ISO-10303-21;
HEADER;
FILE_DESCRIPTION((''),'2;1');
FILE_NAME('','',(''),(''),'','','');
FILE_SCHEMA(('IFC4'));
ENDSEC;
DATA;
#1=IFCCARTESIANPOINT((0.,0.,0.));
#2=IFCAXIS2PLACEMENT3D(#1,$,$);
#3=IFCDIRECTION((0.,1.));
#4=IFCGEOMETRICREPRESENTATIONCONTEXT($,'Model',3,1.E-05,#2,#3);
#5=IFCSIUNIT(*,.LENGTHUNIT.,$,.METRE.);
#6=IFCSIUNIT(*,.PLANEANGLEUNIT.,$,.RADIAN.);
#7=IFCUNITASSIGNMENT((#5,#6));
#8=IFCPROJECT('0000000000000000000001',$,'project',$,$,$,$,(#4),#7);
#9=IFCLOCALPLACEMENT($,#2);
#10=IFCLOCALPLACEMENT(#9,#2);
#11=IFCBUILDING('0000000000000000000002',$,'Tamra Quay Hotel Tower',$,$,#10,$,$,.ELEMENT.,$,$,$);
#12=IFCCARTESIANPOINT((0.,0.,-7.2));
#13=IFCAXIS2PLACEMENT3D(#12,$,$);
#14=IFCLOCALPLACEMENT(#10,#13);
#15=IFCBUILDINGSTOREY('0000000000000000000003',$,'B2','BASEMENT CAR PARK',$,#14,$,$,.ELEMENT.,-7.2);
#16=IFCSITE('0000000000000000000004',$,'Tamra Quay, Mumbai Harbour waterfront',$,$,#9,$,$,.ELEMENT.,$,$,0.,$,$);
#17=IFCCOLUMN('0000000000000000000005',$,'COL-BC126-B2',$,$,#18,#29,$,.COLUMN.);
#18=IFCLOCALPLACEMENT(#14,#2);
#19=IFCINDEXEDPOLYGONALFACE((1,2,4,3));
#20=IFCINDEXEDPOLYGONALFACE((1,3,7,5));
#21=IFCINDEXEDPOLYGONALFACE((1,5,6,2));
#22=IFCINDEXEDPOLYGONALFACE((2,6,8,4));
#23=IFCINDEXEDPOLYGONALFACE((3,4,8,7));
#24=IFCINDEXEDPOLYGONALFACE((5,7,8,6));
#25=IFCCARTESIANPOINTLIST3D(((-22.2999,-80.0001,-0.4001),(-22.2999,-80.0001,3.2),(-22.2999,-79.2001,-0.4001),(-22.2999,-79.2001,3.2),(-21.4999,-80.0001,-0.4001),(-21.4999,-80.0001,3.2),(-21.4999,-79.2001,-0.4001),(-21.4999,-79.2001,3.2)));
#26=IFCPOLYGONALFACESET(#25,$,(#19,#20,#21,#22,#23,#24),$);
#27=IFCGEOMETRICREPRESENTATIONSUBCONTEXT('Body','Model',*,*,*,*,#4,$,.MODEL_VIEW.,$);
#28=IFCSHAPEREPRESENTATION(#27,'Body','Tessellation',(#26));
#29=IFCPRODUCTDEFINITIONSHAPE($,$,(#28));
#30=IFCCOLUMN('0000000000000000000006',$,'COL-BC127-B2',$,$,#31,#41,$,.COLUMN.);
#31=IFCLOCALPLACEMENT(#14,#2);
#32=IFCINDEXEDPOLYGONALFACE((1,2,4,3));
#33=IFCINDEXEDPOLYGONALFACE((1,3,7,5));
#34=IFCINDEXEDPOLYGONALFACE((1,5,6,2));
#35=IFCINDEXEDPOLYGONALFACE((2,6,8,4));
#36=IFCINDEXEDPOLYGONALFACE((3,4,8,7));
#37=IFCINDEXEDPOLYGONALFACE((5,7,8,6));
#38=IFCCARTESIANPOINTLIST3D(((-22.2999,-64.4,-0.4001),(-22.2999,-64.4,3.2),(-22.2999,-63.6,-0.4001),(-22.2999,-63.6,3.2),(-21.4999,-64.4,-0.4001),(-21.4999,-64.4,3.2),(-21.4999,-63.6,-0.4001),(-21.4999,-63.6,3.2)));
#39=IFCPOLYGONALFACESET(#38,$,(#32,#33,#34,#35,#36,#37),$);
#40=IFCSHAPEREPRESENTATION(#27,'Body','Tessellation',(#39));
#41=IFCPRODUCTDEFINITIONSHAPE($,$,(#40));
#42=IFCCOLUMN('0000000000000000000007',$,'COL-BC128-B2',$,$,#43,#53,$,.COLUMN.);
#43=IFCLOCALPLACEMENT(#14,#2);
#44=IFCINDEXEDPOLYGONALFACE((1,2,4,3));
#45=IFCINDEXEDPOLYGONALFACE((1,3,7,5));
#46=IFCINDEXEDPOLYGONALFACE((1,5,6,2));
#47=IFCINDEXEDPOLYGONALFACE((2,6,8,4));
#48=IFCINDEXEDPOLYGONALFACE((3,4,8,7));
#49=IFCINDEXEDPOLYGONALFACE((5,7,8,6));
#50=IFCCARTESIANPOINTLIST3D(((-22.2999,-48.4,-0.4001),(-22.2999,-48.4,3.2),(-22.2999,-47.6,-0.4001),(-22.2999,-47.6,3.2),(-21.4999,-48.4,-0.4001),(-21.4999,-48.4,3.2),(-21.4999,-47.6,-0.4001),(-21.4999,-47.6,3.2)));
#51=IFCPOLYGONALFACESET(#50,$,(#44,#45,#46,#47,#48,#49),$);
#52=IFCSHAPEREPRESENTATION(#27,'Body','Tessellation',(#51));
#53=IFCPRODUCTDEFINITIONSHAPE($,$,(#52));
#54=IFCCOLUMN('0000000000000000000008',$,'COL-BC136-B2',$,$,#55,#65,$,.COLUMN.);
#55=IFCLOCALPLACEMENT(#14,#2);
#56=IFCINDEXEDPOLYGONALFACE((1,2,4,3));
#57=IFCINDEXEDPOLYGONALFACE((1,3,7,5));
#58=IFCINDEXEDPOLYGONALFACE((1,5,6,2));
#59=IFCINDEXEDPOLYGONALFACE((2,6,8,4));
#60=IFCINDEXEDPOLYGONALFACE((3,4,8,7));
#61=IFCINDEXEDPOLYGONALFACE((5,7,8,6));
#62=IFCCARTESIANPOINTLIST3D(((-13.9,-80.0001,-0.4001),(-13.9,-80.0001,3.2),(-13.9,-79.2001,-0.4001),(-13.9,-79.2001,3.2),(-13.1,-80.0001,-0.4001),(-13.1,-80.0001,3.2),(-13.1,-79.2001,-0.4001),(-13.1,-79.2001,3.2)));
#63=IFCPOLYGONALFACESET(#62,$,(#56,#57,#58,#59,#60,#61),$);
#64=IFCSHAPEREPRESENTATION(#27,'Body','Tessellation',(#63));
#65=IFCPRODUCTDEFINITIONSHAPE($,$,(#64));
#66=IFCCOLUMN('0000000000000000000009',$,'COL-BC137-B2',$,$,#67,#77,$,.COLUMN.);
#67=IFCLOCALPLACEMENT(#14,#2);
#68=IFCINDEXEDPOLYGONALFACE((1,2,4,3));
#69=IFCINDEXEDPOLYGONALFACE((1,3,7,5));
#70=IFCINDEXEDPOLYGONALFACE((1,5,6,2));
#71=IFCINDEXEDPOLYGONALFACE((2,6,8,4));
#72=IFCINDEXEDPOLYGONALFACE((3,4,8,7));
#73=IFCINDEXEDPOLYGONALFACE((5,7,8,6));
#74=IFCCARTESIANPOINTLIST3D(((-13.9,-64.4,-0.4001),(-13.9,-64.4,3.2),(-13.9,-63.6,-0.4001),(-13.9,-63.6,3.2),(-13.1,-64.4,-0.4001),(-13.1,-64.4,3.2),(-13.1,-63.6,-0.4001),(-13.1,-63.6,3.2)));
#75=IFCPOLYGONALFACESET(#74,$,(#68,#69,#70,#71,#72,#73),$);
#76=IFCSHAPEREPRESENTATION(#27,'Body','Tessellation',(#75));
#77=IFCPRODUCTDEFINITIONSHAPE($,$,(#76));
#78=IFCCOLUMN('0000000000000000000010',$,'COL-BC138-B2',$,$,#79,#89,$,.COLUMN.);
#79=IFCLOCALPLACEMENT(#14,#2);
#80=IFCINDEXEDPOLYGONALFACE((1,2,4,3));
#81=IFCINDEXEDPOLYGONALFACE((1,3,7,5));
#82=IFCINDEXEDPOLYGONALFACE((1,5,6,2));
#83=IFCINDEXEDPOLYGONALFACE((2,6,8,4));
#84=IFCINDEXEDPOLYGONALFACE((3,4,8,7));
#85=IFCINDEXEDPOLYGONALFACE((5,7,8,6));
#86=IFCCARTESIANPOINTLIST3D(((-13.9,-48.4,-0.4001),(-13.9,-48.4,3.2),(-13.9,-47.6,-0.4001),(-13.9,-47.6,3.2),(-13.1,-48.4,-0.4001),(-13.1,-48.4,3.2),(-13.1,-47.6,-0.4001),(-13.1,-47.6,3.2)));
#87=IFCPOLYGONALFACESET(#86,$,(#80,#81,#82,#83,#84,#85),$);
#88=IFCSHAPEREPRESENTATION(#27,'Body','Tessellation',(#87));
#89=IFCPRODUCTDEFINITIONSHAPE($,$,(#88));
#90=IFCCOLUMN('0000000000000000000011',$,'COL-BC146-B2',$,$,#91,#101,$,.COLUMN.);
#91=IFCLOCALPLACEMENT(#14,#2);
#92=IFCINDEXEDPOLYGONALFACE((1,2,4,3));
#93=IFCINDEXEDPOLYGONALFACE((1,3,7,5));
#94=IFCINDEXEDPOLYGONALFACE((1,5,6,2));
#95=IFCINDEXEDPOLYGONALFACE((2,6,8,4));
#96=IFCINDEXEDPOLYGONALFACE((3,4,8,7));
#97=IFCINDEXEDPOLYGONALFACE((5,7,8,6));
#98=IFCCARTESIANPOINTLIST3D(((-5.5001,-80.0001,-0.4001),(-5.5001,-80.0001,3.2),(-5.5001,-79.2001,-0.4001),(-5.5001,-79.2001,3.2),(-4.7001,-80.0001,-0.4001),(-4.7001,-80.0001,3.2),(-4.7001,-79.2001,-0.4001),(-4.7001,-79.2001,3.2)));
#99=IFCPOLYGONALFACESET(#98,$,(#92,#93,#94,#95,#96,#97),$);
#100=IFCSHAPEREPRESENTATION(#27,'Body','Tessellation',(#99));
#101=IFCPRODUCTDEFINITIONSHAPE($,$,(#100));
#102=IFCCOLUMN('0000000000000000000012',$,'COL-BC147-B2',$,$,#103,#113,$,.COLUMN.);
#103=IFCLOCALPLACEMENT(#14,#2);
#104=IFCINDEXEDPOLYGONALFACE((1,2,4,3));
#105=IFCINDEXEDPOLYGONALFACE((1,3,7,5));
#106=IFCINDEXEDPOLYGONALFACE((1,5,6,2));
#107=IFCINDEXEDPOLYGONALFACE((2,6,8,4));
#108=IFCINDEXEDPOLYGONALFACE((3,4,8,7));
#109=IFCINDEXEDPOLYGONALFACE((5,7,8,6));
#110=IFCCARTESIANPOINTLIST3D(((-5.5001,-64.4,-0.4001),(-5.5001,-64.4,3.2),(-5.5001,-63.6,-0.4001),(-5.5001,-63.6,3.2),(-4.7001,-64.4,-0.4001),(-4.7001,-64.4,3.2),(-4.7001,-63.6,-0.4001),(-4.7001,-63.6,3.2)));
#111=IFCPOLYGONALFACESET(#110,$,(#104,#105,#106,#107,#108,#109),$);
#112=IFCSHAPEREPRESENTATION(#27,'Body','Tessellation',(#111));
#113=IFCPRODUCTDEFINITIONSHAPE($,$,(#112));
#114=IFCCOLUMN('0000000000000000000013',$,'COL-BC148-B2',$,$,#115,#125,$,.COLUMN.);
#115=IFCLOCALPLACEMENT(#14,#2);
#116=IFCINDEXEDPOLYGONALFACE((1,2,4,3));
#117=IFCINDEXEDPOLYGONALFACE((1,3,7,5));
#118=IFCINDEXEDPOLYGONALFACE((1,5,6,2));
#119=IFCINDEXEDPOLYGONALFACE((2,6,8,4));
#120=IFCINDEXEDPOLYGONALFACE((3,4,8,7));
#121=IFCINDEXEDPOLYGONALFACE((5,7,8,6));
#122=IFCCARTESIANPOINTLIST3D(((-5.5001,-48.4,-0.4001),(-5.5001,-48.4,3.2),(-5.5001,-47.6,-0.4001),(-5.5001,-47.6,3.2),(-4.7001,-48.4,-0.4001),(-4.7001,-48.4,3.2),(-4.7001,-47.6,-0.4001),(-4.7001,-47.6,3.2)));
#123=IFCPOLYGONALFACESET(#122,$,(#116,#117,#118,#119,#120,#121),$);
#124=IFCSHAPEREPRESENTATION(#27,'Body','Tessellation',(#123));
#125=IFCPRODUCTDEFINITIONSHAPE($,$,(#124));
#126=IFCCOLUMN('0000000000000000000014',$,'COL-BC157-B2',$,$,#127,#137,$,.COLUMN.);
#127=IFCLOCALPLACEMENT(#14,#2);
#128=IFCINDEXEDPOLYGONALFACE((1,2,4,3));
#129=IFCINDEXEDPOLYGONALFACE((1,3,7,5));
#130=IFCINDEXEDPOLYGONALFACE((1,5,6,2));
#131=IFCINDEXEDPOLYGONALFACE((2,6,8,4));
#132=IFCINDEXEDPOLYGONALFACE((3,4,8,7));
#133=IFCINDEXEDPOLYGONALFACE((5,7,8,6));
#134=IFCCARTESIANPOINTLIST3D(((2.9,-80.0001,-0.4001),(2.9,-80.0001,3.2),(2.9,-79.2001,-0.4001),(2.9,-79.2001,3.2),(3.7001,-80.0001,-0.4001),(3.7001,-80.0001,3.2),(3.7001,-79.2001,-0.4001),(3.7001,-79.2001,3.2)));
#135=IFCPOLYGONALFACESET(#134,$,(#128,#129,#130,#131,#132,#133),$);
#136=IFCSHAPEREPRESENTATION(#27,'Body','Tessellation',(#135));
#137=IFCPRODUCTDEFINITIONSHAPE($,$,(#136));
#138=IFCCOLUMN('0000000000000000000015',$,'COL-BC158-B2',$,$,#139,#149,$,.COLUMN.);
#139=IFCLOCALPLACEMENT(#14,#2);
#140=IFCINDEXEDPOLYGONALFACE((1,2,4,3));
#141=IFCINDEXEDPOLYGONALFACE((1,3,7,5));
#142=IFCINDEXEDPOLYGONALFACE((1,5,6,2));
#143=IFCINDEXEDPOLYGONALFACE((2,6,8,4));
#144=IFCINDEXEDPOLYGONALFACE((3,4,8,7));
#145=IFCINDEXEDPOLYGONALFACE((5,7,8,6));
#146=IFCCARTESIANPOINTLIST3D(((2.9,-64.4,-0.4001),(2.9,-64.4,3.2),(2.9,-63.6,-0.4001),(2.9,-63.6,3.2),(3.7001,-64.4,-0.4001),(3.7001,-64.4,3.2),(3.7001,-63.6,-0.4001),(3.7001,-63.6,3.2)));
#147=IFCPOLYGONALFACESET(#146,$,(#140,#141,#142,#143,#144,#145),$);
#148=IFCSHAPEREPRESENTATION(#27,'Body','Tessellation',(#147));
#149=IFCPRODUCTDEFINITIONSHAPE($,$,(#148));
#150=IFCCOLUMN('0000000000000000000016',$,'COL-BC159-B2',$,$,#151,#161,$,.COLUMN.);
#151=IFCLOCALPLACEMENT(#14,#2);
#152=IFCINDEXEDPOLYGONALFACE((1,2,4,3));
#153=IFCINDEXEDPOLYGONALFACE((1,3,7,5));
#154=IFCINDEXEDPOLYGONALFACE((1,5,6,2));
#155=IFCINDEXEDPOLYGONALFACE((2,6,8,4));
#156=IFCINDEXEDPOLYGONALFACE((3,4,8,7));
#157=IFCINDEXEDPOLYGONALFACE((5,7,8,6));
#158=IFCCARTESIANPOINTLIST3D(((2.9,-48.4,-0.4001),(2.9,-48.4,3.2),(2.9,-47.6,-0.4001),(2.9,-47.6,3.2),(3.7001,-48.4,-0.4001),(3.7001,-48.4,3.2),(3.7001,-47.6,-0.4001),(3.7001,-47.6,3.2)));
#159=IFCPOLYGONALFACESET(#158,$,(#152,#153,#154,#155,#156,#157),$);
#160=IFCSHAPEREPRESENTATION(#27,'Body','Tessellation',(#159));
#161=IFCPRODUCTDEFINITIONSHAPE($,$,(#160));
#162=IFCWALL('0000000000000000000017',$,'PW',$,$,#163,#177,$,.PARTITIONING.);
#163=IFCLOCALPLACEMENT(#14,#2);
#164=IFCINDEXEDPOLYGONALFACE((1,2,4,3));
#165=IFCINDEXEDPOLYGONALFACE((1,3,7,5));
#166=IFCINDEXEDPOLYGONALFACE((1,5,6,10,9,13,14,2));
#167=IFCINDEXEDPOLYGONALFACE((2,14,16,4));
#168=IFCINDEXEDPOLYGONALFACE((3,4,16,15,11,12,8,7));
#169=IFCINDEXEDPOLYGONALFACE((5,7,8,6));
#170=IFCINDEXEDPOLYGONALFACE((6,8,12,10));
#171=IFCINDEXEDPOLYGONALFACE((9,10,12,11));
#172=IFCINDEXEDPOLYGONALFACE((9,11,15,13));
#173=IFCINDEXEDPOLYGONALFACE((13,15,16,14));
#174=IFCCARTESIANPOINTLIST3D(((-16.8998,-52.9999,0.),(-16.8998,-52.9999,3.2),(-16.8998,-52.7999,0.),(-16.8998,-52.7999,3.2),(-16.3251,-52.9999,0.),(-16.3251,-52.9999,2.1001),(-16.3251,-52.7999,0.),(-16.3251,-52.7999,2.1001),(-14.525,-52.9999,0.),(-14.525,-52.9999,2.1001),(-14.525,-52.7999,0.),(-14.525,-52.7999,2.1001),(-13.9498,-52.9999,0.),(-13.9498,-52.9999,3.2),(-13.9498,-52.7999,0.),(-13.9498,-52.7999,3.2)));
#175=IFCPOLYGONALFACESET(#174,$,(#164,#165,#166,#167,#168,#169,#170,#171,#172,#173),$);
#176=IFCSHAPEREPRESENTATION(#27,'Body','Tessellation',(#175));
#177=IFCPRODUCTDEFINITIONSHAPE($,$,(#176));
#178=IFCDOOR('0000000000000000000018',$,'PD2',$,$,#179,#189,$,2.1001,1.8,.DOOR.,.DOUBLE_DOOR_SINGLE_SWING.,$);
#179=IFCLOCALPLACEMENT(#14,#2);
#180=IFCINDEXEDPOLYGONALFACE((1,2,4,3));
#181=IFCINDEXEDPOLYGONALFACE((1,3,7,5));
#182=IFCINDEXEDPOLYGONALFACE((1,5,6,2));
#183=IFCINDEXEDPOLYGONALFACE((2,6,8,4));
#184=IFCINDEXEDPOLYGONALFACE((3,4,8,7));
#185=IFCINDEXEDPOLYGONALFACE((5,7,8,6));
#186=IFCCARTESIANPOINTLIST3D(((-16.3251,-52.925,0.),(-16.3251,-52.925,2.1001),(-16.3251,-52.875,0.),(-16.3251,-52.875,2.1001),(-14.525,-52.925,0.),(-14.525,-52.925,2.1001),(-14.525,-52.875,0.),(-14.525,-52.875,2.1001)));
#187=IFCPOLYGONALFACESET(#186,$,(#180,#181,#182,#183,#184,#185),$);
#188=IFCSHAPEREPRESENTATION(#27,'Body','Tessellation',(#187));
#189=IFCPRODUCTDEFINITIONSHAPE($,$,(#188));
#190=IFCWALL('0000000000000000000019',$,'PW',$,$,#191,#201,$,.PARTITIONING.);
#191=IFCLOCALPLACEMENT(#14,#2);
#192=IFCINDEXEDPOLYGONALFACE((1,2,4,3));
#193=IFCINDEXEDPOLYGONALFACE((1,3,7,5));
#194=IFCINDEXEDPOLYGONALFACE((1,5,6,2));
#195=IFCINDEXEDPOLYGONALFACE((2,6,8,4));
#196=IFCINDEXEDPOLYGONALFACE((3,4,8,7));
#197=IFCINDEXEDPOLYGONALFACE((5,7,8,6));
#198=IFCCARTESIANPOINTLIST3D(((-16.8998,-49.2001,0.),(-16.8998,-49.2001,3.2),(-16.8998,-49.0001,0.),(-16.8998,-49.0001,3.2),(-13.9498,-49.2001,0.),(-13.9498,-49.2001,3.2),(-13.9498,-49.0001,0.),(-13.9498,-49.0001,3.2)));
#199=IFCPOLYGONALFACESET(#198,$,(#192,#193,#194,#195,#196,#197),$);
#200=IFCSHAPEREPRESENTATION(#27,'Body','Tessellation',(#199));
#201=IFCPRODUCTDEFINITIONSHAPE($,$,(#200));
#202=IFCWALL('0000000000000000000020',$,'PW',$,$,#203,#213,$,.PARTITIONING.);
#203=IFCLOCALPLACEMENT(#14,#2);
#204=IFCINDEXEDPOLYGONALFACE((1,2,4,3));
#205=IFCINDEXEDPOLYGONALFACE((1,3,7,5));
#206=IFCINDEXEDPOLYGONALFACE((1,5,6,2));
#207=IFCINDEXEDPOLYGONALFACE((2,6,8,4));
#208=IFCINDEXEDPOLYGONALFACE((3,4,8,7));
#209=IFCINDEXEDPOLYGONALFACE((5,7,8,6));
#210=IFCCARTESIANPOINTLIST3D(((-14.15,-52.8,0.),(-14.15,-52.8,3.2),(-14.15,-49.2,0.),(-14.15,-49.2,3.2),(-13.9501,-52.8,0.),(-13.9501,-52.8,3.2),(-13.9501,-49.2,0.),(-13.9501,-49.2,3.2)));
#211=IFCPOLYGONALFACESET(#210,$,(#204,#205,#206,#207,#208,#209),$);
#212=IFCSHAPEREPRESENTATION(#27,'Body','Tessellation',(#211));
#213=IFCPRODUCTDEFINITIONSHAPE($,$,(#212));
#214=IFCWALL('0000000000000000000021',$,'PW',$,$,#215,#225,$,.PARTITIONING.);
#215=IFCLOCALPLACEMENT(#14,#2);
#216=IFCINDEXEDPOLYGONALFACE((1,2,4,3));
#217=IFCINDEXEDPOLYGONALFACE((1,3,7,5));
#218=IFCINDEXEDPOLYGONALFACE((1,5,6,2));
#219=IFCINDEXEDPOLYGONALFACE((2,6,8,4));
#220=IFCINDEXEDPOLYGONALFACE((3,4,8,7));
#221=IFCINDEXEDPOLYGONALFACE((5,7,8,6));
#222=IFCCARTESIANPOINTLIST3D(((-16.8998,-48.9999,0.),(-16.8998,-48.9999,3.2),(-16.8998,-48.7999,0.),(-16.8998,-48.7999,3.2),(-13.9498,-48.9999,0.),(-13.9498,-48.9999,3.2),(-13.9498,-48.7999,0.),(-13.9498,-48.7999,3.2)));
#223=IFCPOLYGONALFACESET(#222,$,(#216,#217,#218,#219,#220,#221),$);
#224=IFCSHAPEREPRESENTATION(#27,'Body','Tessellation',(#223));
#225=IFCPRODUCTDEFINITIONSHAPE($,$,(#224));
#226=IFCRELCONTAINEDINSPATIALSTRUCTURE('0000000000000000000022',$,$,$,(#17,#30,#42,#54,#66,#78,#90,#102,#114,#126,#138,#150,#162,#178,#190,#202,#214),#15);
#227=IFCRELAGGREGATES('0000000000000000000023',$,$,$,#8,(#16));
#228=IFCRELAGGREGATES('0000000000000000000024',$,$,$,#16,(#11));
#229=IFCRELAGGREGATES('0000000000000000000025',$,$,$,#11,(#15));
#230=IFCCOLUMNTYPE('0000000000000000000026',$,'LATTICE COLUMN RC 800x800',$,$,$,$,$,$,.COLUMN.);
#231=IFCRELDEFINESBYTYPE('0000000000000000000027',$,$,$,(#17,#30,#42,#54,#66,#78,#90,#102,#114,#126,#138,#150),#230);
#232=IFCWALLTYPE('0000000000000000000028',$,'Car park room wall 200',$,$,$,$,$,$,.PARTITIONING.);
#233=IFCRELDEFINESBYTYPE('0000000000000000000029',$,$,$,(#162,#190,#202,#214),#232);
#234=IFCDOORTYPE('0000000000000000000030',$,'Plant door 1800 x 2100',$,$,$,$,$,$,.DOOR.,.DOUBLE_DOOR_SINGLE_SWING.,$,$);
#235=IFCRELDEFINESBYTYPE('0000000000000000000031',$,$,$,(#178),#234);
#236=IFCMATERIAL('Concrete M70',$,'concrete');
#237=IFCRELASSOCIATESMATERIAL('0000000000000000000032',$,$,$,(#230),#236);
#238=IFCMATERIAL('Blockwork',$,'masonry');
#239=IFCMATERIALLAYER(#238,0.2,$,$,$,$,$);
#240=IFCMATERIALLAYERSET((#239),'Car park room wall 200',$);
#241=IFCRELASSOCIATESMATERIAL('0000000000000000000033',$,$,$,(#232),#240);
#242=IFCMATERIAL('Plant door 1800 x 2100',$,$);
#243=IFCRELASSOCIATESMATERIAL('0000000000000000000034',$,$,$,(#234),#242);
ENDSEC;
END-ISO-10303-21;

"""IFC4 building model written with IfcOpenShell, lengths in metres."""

from ifc_helpers import new_model, si_unit, direction, frame, frame_2d, origin, origin_2d, place, context, subcontext, project, spatial, rectangle, extrude, material, layer, layer_set, material_profile, profile_set, type_object, element, fill, save


model = new_model("IFC4")

# Units and contexts
model_context = context("Model", 3, precision=1e-05, world=origin(), true_north=direction((0.0, 1.0)))
body_context = subcontext(model_context, "Body", "Model", "MODEL_VIEW")
ifc_project = project(units=[si_unit("LENGTHUNIT", "METRE"), si_unit("PLANEANGLEUNIT", "RADIAN")], contexts=[model_context])

# Site, building, storey
site_placement = place(None, origin())
site = spatial("IfcSite", under=ifc_project, at=site_placement, Name="Tamra Quay, Mumbai Harbour waterfront", CompositionType="ELEMENT", RefElevation=0.0)
building_placement = place(site_placement, origin())
building = spatial("IfcBuilding", under=site, at=building_placement, Name="Tamra Quay Hotel Tower", CompositionType="ELEMENT")
storey_placement = place(building_placement, frame((0.0, 0.0, -7.2)))
storey = spatial("IfcBuildingStorey", under=building, at=storey_placement, Name="B2", Description="BASEMENT CAR PARK", CompositionType="ELEMENT", Elevation=-7.2)

# Columns
ifc_material_1 = material(Name="Concrete M70", Category="concrete")
ifc_material_profile = material_profile(ifc_material_1, rectangle(XDim=0.8, YDim=0.8, at=origin_2d()), Name="LATTICE COLUMN RC 800x800")
ifc_profile_set = profile_set([ifc_material_profile], Name="Concrete M70")
column_type = type_object("IfcColumnType", Name="LATTICE COLUMN RC 800x800", PredefinedType="COLUMN", material=ifc_profile_set)
for number, where, z_axis, x_axis, name in (
    (1, (-21.8999, -79.6001, -0.4001), (0.0, 0.0, 1.0), (1.0, 0.0, 0.0), "COL-BC126-B2"),
    (2, (-21.8999, -64.0, -0.4001), (0.0, 0.0, 1.0), (1.0, 0.0, 0.0), "COL-BC127-B2"),
    (3, (-21.8999, -48.0, -0.4001), (0.0, 0.0, 1.0), (1.0, 0.0, 0.0), "COL-BC128-B2"),
    (4, (-13.5, -79.6001, -0.4001), (0.0, 0.0, 1.0), (1.0, 0.0, 0.0), "COL-BC136-B2"),
    (5, (-13.5, -64.0, -0.4001), (0.0, 0.0, 1.0), (1.0, 0.0, 0.0), "COL-BC137-B2"),
    (6, (-13.5, -48.0, -0.4001), (0.0, 0.0, 1.0), (1.0, 0.0, 0.0), "COL-BC138-B2"),
    (7, (-5.1001, -79.6001, -0.4001), (0.0, 0.0, 1.0), (1.0, 0.0, 0.0), "COL-BC146-B2"),
    (8, (-5.1001, -64.0, -0.4001), (0.0, 0.0, 1.0), (1.0, 0.0, 0.0), "COL-BC147-B2"),
    (9, (-5.1001, -48.0, -0.4001), (0.0, 0.0, 1.0), (1.0, 0.0, 0.0), "COL-BC148-B2"),
    (10, (3.3, -79.6001, -0.4001), (0.0, 0.0, 1.0), (1.0, 0.0, 0.0), "COL-BC157-B2"),
    (11, (3.3, -64.0, -0.4001), (0.0, 0.0, 1.0), (1.0, 0.0, 0.0), "COL-BC158-B2"),
    (12, (3.3, -48.0, -0.4001), (0.0, 0.0, 1.0), (1.0, 0.0, 0.0), "COL-BC159-B2"),
):
    element("IfcColumn", number, at=place(storey_placement, frame(where, z_axis=z_axis, x_axis=x_axis)), inside=storey, type_object=column_type, Name=name, PredefinedType="COLUMN", context=body_context, shape_type="SweptSolid", body=[
        extrude(rectangle(XDim=0.8, YDim=0.8, at=origin_2d()), origin(), (0.0, 0.0, 1.0), 3.6001),
    ])

# Wall, opening, door
ifc_material_2 = material(Name="Blockwork", Category="masonry")
ifc_layer_1 = layer(ifc_material_2, 0.2)
ifc_layer_set_1 = layer_set([ifc_layer_1], Name="Car park room wall 200")
wall_type_1 = type_object("IfcWallType", Name="Car park room wall 200", PredefinedType="PARTITIONING", material=ifc_layer_set_1)
wall_1_placement = place(storey_placement, frame((-16.8999, -52.8999, 0.0), z_axis=(0.0, 0.0, 1.0), x_axis=(1.0, 0.0, 0.0)))
wall_1 = element("IfcWall", 13, at=wall_1_placement, inside=storey, type_object=wall_type_1, Name="PW", PredefinedType="PARTITIONING", context=body_context, shape_type="SweptSolid", body=[
    extrude(rectangle(XDim=2.95, YDim=0.2, at=frame_2d((1.4751, 0.0))), origin(), (0.0, 0.0, 1.0), 3.2),
])
opening_1_placement = place(wall_1_placement, frame((0.575, 0.0, 0.0)))
opening_1 = element("IfcOpeningElement", 14, at=opening_1_placement, cuts=wall_1, PredefinedType="OPENING", context=body_context, shape_type="SweptSolid", body=[
    extrude(rectangle(XDim=1.8, YDim=2.1001, at=frame_2d((0.8999, 1.05))), frame((0.0, 0.1099, 0.0), z_axis=(0.0, -1.0, 0.0), x_axis=(1.0, 0.0, 0.0)), (0.0, 0.0, 1.0), 0.22),
])
ifc_material_3 = material(Name="Plant door 1800 x 2100")
door_type_1 = type_object("IfcDoorType", Name="Plant door 1800 x 2100", OperationType="DOUBLE_DOOR_SINGLE_SWING", PredefinedType="DOOR", material=ifc_material_3)
door_1_placement = place(opening_1_placement, origin())
door_1 = element("IfcDoor", 15, at=door_1_placement, inside=storey, type_object=door_type_1, Name="PD2", OperationType="DOUBLE_DOOR_SINGLE_SWING", OverallHeight=2.1001, OverallWidth=1.8, PredefinedType="DOOR", context=body_context, shape_type="SweptSolid", body=[
    extrude(rectangle(XDim=1.8, YDim=2.1001, at=frame_2d((0.8999, 1.05))), frame((0.0, 0.0249, 0.0), z_axis=(0.0, -1.0, 0.0), x_axis=(1.0, 0.0, 0.0)), (0.0, 0.0, 1.0), 0.05),
])
fill(opening_1, door_1)

# Walls
wall_2_placement = place(storey_placement, frame((-16.8999, -49.1001, 0.0), z_axis=(0.0, 0.0, 1.0), x_axis=(1.0, 0.0, 0.0)))
element("IfcWall", 16, at=wall_2_placement, inside=storey, type_object=wall_type_1, Name="PW", PredefinedType="PARTITIONING", context=body_context, shape_type="SweptSolid", body=[
    extrude(rectangle(XDim=2.95, YDim=0.2, at=frame_2d((1.4751, 0.0))), origin(), (0.0, 0.0, 1.0), 3.2),
])
wall_3_placement = place(storey_placement, frame((-14.05, -52.8, 0.0), z_axis=(0.0, 0.0, 1.0), x_axis=(0.0, 1.0, 0.0)))
element("IfcWall", 17, at=wall_3_placement, inside=storey, type_object=wall_type_1, Name="PW", PredefinedType="PARTITIONING", context=body_context, shape_type="SweptSolid", body=[
    extrude(rectangle(XDim=3.6001, YDim=0.2, at=frame_2d((1.8, 0.0))), origin(), (0.0, 0.0, 1.0), 3.2),
])
wall_4_placement = place(storey_placement, frame((-16.8999, -48.8999, 0.0), z_axis=(0.0, 0.0, 1.0), x_axis=(1.0, 0.0, 0.0)))
element("IfcWall", 18, at=wall_4_placement, inside=storey, type_object=wall_type_1, Name="PW", PredefinedType="PARTITIONING", context=body_context, shape_type="SweptSolid", body=[
    extrude(rectangle(XDim=2.95, YDim=0.2, at=frame_2d((1.4751, 0.0))), origin(), (0.0, 0.0, 1.0), 3.2),
])

save(model, "model.ifc")
